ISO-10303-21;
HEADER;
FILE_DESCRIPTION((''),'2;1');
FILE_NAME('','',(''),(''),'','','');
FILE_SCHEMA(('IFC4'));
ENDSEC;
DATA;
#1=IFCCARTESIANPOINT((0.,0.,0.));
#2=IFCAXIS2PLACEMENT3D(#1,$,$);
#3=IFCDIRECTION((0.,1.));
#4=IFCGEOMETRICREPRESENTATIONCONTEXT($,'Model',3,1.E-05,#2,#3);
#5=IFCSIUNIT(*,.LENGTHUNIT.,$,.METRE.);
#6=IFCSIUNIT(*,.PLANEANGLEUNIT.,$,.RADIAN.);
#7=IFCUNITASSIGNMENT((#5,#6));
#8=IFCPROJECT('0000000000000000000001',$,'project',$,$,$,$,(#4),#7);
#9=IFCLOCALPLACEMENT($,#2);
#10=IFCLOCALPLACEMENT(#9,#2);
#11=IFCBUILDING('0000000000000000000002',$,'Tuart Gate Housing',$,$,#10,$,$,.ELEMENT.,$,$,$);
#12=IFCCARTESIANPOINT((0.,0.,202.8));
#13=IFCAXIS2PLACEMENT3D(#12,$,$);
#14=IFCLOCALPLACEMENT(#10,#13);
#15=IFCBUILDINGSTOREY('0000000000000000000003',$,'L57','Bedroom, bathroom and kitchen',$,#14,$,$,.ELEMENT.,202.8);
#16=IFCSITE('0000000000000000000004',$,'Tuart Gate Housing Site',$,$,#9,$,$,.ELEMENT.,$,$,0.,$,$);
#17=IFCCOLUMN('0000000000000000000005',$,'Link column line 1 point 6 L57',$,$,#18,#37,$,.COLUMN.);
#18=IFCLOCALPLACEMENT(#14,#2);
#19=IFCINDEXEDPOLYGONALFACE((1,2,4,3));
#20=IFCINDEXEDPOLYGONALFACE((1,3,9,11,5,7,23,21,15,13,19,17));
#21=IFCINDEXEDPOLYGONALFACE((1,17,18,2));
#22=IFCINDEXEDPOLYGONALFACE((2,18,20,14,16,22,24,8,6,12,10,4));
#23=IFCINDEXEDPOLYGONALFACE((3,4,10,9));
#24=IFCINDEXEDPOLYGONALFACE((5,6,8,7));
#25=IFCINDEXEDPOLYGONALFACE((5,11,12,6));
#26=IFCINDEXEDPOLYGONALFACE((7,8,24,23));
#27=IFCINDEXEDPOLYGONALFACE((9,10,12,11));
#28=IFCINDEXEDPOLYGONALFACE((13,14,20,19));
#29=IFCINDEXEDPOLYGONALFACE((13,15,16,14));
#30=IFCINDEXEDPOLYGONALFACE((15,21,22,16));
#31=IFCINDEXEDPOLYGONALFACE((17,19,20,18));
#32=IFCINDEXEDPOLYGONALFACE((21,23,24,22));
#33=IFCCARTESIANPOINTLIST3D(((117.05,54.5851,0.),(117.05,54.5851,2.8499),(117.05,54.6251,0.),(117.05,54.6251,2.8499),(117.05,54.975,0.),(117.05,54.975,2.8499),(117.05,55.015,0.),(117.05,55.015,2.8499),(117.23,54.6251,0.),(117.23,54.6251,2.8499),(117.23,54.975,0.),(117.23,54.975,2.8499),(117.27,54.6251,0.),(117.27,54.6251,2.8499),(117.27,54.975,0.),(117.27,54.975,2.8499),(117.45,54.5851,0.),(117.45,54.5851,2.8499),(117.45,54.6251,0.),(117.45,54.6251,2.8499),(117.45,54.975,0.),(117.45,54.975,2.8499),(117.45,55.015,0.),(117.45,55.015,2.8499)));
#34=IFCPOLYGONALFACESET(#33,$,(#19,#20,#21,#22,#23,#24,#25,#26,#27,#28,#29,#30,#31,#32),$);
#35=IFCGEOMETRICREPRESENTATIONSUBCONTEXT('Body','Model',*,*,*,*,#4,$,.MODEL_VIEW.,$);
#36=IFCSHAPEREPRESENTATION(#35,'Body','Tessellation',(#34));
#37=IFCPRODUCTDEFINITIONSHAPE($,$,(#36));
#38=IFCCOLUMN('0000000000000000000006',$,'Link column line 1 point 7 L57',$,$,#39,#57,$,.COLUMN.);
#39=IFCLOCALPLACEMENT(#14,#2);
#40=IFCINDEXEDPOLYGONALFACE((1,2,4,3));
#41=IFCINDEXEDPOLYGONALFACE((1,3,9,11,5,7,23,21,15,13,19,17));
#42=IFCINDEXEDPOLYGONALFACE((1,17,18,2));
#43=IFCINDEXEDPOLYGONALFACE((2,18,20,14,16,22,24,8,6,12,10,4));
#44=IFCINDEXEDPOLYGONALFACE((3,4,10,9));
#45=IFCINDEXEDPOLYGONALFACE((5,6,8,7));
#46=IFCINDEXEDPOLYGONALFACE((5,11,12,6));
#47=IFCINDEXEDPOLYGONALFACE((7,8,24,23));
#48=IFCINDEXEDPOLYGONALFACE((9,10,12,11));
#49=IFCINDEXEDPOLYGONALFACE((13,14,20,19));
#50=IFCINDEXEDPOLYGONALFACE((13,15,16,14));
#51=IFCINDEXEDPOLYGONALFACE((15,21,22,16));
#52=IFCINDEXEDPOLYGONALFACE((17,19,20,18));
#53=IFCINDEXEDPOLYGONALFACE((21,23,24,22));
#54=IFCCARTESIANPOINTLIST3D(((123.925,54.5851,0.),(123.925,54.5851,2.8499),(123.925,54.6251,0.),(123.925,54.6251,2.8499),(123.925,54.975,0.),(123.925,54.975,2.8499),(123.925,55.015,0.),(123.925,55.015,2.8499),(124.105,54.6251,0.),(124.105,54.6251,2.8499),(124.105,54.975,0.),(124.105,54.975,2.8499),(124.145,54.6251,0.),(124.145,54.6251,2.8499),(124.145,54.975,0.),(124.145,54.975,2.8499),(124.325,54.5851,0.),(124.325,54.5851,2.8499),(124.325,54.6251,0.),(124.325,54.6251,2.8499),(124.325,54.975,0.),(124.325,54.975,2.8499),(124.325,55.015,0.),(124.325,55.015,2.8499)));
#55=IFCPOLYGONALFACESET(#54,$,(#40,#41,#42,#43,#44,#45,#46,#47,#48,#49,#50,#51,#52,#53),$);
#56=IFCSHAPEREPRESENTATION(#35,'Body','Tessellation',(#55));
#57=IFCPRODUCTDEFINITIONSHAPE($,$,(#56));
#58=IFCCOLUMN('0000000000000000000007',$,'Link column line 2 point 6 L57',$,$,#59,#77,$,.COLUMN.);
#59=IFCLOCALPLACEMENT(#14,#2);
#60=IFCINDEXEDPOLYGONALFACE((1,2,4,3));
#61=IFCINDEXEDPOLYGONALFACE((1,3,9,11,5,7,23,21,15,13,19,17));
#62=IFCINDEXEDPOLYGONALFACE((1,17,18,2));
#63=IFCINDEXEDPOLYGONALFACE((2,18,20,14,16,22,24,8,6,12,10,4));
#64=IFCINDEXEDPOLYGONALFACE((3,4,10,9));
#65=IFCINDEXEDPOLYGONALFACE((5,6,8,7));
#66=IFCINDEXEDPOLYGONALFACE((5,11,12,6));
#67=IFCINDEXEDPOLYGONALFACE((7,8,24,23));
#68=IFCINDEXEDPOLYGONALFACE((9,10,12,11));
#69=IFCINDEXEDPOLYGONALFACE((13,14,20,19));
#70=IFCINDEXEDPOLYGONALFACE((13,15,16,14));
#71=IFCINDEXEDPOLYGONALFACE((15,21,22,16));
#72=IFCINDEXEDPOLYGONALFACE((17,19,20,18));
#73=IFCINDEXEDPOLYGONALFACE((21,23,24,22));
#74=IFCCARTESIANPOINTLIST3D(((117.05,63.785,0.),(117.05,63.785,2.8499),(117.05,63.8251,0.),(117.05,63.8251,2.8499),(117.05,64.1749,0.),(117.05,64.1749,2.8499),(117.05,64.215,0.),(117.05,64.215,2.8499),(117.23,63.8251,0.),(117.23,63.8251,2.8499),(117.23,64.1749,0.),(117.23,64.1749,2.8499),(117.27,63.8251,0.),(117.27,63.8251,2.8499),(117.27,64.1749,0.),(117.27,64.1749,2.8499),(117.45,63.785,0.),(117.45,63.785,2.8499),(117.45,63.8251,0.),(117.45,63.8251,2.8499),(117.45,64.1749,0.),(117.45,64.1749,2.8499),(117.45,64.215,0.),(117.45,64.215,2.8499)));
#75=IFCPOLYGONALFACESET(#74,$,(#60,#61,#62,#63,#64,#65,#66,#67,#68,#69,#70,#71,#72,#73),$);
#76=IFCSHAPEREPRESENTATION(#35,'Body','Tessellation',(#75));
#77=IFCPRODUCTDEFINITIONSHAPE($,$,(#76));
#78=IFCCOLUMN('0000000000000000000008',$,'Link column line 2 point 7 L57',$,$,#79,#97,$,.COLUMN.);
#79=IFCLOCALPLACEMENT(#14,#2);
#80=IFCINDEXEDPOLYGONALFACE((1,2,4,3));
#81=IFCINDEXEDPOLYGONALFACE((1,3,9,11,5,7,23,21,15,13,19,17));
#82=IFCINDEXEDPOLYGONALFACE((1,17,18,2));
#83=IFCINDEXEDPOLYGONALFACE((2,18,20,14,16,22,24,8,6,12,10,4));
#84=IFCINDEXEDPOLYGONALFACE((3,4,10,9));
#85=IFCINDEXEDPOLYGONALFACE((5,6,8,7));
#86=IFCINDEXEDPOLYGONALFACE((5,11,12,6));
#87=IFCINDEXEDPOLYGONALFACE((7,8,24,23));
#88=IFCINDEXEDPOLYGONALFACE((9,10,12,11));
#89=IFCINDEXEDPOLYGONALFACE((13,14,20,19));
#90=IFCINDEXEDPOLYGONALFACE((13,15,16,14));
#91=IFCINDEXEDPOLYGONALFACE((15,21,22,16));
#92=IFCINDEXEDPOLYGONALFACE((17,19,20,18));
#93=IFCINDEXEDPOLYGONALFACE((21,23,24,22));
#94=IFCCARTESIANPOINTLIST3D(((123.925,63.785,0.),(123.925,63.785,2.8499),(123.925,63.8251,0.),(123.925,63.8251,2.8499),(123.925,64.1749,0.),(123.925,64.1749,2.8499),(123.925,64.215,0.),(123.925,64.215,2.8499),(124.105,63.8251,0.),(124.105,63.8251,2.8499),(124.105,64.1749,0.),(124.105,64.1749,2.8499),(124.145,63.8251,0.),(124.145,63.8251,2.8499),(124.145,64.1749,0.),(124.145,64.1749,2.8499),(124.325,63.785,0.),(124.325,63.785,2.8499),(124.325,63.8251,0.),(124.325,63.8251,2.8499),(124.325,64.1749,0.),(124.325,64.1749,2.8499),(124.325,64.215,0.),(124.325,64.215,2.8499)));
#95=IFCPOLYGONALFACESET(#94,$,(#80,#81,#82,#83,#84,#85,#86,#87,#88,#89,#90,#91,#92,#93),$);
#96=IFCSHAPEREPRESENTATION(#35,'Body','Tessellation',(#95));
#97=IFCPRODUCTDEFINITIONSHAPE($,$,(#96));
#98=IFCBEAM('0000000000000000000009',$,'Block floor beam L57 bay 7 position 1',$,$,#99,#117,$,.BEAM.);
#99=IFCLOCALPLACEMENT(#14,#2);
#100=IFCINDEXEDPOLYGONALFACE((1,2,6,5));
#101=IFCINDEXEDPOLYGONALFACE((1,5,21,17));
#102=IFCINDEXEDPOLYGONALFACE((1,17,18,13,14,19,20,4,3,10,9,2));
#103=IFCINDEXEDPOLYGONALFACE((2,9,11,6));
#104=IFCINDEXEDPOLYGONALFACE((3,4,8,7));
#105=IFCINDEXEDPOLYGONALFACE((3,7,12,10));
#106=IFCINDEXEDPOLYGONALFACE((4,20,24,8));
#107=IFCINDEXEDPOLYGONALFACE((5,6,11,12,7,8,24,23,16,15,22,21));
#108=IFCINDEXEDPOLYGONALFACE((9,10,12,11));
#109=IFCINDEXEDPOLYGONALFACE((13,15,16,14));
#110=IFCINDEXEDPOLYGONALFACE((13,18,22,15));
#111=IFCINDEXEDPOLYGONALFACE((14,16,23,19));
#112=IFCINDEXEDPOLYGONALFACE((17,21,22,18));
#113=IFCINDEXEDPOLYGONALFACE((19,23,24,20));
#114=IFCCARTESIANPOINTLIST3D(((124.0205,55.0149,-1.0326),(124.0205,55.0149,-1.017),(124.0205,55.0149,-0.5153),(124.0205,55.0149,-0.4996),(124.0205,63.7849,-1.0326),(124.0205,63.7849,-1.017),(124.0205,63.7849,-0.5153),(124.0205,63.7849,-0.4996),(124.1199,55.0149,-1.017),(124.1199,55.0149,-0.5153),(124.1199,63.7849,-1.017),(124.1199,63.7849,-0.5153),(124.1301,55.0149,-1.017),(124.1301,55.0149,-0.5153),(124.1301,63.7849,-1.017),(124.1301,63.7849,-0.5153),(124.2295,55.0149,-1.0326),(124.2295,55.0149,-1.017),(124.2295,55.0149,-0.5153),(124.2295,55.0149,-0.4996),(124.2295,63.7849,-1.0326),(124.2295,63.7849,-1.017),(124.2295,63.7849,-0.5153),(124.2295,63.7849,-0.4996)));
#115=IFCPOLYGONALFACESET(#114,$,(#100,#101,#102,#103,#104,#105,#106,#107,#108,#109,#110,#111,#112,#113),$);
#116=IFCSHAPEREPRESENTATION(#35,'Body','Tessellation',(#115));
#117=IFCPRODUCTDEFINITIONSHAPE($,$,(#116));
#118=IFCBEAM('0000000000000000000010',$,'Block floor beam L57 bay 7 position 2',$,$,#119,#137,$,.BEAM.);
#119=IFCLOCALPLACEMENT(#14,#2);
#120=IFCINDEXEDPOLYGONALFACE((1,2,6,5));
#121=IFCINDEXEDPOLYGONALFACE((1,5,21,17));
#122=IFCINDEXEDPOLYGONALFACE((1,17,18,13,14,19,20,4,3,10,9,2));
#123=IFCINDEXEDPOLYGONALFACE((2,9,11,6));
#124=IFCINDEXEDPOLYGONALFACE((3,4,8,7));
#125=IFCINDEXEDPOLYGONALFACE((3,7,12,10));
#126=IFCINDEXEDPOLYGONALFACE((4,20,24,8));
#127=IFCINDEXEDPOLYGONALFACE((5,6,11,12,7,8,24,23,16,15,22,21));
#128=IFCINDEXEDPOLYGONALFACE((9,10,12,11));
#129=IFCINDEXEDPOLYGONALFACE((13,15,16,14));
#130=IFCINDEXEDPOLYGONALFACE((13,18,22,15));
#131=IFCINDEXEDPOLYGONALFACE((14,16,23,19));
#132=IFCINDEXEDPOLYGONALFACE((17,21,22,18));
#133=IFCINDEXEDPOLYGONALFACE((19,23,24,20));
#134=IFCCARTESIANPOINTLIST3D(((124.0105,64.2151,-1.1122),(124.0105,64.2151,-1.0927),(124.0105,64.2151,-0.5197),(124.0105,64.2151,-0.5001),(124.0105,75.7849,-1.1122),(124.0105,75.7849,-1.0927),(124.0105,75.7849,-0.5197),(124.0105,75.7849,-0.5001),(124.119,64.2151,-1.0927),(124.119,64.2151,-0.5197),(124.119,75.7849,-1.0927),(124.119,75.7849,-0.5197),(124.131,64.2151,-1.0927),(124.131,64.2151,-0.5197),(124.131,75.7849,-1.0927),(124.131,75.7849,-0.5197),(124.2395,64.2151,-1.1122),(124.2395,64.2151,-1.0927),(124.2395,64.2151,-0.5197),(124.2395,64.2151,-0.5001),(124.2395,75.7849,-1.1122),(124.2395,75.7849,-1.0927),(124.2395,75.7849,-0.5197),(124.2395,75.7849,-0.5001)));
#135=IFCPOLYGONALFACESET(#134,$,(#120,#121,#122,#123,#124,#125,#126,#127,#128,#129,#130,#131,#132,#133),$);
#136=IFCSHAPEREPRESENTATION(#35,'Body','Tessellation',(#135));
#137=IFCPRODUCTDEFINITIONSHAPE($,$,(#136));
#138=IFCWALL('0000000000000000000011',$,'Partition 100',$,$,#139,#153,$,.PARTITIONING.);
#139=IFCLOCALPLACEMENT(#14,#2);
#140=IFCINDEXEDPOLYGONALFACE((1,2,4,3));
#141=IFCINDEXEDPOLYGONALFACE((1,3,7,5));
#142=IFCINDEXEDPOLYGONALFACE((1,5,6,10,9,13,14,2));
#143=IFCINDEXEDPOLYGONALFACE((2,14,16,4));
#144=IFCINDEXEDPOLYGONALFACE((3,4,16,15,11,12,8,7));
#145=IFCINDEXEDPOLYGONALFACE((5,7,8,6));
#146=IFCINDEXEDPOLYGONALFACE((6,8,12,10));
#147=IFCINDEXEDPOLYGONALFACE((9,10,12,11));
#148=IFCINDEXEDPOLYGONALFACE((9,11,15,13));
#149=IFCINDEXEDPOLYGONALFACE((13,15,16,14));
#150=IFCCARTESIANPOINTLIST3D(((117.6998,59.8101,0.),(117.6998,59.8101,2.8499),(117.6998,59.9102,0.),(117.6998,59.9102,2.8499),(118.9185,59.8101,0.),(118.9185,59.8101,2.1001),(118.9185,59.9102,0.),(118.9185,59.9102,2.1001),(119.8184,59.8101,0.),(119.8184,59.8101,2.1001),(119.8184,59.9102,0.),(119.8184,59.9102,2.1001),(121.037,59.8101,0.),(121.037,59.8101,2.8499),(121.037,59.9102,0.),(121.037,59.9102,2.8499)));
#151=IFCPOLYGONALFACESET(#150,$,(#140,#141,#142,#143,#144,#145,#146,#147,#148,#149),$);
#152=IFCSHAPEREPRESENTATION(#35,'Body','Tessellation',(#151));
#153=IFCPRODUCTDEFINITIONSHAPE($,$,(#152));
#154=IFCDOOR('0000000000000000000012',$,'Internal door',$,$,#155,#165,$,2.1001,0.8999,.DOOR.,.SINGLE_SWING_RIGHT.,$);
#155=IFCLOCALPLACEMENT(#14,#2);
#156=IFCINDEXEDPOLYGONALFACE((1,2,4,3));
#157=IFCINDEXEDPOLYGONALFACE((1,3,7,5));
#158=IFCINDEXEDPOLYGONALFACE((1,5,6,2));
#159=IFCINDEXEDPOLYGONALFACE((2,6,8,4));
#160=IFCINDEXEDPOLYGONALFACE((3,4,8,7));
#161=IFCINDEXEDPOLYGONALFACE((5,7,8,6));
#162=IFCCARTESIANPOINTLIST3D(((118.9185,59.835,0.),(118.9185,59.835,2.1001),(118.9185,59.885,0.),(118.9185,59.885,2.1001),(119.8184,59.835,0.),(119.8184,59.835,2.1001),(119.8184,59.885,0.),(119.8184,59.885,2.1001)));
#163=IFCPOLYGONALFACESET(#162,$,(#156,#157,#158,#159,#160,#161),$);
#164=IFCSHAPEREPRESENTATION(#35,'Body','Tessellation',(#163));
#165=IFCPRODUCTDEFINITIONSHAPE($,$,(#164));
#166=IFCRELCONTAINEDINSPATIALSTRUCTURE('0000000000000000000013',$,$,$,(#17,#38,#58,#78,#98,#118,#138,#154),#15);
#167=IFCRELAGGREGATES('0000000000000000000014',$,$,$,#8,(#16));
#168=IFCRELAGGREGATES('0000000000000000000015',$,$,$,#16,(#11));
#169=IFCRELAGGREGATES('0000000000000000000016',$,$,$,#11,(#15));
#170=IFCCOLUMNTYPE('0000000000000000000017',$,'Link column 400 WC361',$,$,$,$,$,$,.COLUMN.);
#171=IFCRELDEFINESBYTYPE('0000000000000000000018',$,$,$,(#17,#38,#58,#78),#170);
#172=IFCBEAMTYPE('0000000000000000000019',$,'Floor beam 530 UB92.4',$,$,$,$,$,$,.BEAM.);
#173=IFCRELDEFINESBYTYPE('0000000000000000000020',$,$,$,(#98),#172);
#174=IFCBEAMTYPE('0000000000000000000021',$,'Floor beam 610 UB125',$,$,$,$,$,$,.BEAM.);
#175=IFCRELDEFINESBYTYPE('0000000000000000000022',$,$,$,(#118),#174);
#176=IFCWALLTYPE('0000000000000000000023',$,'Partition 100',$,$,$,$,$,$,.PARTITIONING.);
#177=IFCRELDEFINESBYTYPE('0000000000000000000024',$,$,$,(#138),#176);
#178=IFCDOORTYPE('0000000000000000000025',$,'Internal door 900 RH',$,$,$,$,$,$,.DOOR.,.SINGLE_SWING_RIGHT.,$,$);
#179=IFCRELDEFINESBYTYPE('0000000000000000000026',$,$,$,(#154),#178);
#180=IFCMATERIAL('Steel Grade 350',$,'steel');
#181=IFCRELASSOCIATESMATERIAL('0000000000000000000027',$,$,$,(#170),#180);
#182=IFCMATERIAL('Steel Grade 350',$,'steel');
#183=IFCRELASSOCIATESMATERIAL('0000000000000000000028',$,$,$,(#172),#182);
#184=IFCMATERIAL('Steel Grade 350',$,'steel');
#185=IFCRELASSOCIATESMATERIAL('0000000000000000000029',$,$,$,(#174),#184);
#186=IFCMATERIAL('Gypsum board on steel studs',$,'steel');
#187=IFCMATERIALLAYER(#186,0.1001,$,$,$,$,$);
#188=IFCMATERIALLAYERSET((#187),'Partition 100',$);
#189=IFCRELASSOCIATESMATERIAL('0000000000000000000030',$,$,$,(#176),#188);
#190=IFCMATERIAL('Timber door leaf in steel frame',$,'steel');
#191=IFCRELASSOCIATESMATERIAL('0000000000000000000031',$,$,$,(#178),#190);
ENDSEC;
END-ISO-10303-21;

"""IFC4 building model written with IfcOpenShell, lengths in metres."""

from ifc_helpers import new_model, si_unit, direction, frame, frame_2d, origin, origin_2d, place, context, subcontext, project, spatial, rectangle, i_section, extrude, material, layer, layer_set, material_profile, profile_set, type_object, element, fill, save


model = new_model("IFC4")

# Units and contexts
model_context = context("Model", 3, precision=1e-05, world=origin(), true_north=direction((0.0, 1.0)))
body_context = subcontext(model_context, "Body", "Model", "MODEL_VIEW")
ifc_project = project(units=[si_unit("LENGTHUNIT", "METRE"), si_unit("PLANEANGLEUNIT", "RADIAN")], contexts=[model_context])

# Site, building, storey
site_placement = place(None, origin())
site = spatial("IfcSite", under=ifc_project, at=site_placement, Name="Tuart Gate Housing Site", CompositionType="ELEMENT", RefElevation=0.0)
building_placement = place(site_placement, origin())
building = spatial("IfcBuilding", under=site, at=building_placement, Name="Tuart Gate Housing", CompositionType="ELEMENT")
storey_placement = place(building_placement, frame((0.0, 0.0, 202.8)))
storey = spatial("IfcBuildingStorey", under=building, at=storey_placement, Name="L57", Description="Bedroom, bathroom and kitchen", CompositionType="ELEMENT", Elevation=202.8)

# Columns
ifc_material_1 = material(Name="Steel Grade 350", Category="steel")
ifc_material_profile_1 = material_profile(ifc_material_1, i_section(OverallWidth=0.3999, OverallDepth=0.4299, WebThickness=0.04, FlangeThickness=0.04, at=origin_2d()), Name="400WC361")
ifc_profile_set_1 = profile_set([ifc_material_profile_1], Name="Steel Grade 350")
column_type = type_object("IfcColumnType", Name="Link column 400 WC361", PredefinedType="COLUMN", material=ifc_profile_set_1)
for number, where, z_axis, x_axis, name in (
    (1, (117.25, 54.8, 0.0), (0.0, 0.0, 1.0), (1.0, 0.0, 0.0), "Link column line 1 point 6 L57"),
    (2, (124.125, 54.8, 0.0), (0.0, 0.0, 1.0), (1.0, 0.0, 0.0), "Link column line 1 point 7 L57"),
    (3, (117.25, 64.0, 0.0), (0.0, 0.0, 1.0), (1.0, 0.0, 0.0), "Link column line 2 point 6 L57"),
    (4, (124.125, 64.0, 0.0), (0.0, 0.0, 1.0), (1.0, 0.0, 0.0), "Link column line 2 point 7 L57"),
):
    element("IfcColumn", number, at=place(storey_placement, frame(where, z_axis=z_axis, x_axis=x_axis)), inside=storey, type_object=column_type, Name=name, PredefinedType="COLUMN", context=body_context, shape_type="SweptSolid", body=[
        extrude(i_section(OverallWidth=0.3999, OverallDepth=0.4299, WebThickness=0.04, FlangeThickness=0.04, at=origin_2d()), origin(), (0.0, 0.0, 1.0), 2.8499),
    ])

# Beams
ifc_material_2 = material(Name="Steel Grade 350", Category="steel")
ifc_material_profile_2 = material_profile(ifc_material_2, i_section(OverallWidth=0.209, OverallDepth=0.533, WebThickness=0.0103, FlangeThickness=0.0156, at=origin_2d()), Name="530UB92.4")
ifc_profile_set_2 = profile_set([ifc_material_profile_2], Name="Steel Grade 350")
beam_type_1 = type_object("IfcBeamType", Name="Floor beam 530 UB92.4", PredefinedType="BEAM", material=ifc_profile_set_2)
beam_1_placement = place(storey_placement, frame((124.125, 55.0149, -0.7661), z_axis=(0.0, 1.0, 0.0), x_axis=(-1.0, 0.0, 0.0)))
element("IfcBeam", 5, at=beam_1_placement, inside=storey, type_object=beam_type_1, Name="Block floor beam L57 bay 7 position 1", PredefinedType="BEAM", context=body_context, shape_type="SweptSolid", body=[
    extrude(i_section(OverallWidth=0.209, OverallDepth=0.533, WebThickness=0.0103, FlangeThickness=0.0156, at=origin_2d()), origin(), (0.0, 0.0, 1.0), 8.77),
])
ifc_material_3 = material(Name="Steel Grade 350", Category="steel")
ifc_material_profile_3 = material_profile(ifc_material_3, i_section(OverallWidth=0.229, OverallDepth=0.6121, WebThickness=0.012, FlangeThickness=0.0195, at=origin_2d()), Name="610UB125")
ifc_profile_set_3 = profile_set([ifc_material_profile_3], Name="Steel Grade 350")
beam_type_2 = type_object("IfcBeamType", Name="Floor beam 610 UB125", PredefinedType="BEAM", material=ifc_profile_set_3)
beam_2_placement = place(storey_placement, frame((124.125, 64.2151, -0.8062), z_axis=(0.0, 1.0, 0.0), x_axis=(-1.0, 0.0, 0.0)))
element("IfcBeam", 6, at=beam_2_placement, inside=storey, type_object=beam_type_2, Name="Block floor beam L57 bay 7 position 2", PredefinedType="BEAM", context=body_context, shape_type="SweptSolid", body=[
    extrude(i_section(OverallWidth=0.229, OverallDepth=0.6121, WebThickness=0.012, FlangeThickness=0.0195, at=origin_2d()), origin(), (0.0, 0.0, 1.0), 11.5698),
])

# Wall, opening, door
ifc_material_4 = material(Name="Gypsum board on steel studs", Category="steel")
ifc_layer_1 = layer(ifc_material_4, 0.1001)
ifc_layer_set_1 = layer_set([ifc_layer_1], Name="Partition 100")
wall_type_1 = type_object("IfcWallType", Name="Partition 100", PredefinedType="PARTITIONING", material=ifc_layer_set_1)
wall_1_placement = place(storey_placement, frame((117.7, 59.8601, 0.0), z_axis=(0.0, 0.0, 1.0), x_axis=(1.0, 0.0, 0.0)))
wall_1 = element("IfcWall", 7, at=wall_1_placement, inside=storey, type_object=wall_type_1, Name="Partition 100", PredefinedType="PARTITIONING", context=body_context, shape_type="SweptSolid", body=[
    extrude(rectangle(XDim=3.3372, YDim=0.1001, at=frame_2d((1.6685, 0.0))), origin(), (0.0, 0.0, 1.0), 2.8499),
])
opening_1_placement = place(wall_1_placement, frame((1.2185, 0.0, 0.0)))
opening_1 = element("IfcOpeningElement", 8, at=opening_1_placement, cuts=wall_1, PredefinedType="OPENING", context=body_context, shape_type="SweptSolid", body=[
    extrude(rectangle(XDim=0.8999, YDim=2.1001, at=frame_2d((0.45, 1.05))), frame((0.0, 0.0601, 0.0), z_axis=(0.0, -1.0, 0.0), x_axis=(1.0, 0.0, 0.0)), (0.0, 0.0, 1.0), 0.1201),
])
ifc_material_5 = material(Name="Timber door leaf in steel frame", Category="steel")
door_type_1 = type_object("IfcDoorType", Name="Internal door 900 RH", OperationType="SINGLE_SWING_RIGHT", PredefinedType="DOOR", material=ifc_material_5)
door_1_placement = place(opening_1_placement, origin())
door_1 = element("IfcDoor", 9, at=door_1_placement, inside=storey, type_object=door_type_1, Name="Internal door", OperationType="SINGLE_SWING_RIGHT", OverallHeight=2.1001, OverallWidth=0.8999, PredefinedType="DOOR", context=body_context, shape_type="SweptSolid", body=[
    extrude(rectangle(XDim=0.8999, YDim=2.1001, at=frame_2d((0.45, 1.05))), frame((0.0, 0.0249, 0.0), z_axis=(0.0, -1.0, 0.0), x_axis=(1.0, 0.0, 0.0)), (0.0, 0.0, 1.0), 0.05),
])
fill(opening_1, door_1)

save(model, "model.ifc")
